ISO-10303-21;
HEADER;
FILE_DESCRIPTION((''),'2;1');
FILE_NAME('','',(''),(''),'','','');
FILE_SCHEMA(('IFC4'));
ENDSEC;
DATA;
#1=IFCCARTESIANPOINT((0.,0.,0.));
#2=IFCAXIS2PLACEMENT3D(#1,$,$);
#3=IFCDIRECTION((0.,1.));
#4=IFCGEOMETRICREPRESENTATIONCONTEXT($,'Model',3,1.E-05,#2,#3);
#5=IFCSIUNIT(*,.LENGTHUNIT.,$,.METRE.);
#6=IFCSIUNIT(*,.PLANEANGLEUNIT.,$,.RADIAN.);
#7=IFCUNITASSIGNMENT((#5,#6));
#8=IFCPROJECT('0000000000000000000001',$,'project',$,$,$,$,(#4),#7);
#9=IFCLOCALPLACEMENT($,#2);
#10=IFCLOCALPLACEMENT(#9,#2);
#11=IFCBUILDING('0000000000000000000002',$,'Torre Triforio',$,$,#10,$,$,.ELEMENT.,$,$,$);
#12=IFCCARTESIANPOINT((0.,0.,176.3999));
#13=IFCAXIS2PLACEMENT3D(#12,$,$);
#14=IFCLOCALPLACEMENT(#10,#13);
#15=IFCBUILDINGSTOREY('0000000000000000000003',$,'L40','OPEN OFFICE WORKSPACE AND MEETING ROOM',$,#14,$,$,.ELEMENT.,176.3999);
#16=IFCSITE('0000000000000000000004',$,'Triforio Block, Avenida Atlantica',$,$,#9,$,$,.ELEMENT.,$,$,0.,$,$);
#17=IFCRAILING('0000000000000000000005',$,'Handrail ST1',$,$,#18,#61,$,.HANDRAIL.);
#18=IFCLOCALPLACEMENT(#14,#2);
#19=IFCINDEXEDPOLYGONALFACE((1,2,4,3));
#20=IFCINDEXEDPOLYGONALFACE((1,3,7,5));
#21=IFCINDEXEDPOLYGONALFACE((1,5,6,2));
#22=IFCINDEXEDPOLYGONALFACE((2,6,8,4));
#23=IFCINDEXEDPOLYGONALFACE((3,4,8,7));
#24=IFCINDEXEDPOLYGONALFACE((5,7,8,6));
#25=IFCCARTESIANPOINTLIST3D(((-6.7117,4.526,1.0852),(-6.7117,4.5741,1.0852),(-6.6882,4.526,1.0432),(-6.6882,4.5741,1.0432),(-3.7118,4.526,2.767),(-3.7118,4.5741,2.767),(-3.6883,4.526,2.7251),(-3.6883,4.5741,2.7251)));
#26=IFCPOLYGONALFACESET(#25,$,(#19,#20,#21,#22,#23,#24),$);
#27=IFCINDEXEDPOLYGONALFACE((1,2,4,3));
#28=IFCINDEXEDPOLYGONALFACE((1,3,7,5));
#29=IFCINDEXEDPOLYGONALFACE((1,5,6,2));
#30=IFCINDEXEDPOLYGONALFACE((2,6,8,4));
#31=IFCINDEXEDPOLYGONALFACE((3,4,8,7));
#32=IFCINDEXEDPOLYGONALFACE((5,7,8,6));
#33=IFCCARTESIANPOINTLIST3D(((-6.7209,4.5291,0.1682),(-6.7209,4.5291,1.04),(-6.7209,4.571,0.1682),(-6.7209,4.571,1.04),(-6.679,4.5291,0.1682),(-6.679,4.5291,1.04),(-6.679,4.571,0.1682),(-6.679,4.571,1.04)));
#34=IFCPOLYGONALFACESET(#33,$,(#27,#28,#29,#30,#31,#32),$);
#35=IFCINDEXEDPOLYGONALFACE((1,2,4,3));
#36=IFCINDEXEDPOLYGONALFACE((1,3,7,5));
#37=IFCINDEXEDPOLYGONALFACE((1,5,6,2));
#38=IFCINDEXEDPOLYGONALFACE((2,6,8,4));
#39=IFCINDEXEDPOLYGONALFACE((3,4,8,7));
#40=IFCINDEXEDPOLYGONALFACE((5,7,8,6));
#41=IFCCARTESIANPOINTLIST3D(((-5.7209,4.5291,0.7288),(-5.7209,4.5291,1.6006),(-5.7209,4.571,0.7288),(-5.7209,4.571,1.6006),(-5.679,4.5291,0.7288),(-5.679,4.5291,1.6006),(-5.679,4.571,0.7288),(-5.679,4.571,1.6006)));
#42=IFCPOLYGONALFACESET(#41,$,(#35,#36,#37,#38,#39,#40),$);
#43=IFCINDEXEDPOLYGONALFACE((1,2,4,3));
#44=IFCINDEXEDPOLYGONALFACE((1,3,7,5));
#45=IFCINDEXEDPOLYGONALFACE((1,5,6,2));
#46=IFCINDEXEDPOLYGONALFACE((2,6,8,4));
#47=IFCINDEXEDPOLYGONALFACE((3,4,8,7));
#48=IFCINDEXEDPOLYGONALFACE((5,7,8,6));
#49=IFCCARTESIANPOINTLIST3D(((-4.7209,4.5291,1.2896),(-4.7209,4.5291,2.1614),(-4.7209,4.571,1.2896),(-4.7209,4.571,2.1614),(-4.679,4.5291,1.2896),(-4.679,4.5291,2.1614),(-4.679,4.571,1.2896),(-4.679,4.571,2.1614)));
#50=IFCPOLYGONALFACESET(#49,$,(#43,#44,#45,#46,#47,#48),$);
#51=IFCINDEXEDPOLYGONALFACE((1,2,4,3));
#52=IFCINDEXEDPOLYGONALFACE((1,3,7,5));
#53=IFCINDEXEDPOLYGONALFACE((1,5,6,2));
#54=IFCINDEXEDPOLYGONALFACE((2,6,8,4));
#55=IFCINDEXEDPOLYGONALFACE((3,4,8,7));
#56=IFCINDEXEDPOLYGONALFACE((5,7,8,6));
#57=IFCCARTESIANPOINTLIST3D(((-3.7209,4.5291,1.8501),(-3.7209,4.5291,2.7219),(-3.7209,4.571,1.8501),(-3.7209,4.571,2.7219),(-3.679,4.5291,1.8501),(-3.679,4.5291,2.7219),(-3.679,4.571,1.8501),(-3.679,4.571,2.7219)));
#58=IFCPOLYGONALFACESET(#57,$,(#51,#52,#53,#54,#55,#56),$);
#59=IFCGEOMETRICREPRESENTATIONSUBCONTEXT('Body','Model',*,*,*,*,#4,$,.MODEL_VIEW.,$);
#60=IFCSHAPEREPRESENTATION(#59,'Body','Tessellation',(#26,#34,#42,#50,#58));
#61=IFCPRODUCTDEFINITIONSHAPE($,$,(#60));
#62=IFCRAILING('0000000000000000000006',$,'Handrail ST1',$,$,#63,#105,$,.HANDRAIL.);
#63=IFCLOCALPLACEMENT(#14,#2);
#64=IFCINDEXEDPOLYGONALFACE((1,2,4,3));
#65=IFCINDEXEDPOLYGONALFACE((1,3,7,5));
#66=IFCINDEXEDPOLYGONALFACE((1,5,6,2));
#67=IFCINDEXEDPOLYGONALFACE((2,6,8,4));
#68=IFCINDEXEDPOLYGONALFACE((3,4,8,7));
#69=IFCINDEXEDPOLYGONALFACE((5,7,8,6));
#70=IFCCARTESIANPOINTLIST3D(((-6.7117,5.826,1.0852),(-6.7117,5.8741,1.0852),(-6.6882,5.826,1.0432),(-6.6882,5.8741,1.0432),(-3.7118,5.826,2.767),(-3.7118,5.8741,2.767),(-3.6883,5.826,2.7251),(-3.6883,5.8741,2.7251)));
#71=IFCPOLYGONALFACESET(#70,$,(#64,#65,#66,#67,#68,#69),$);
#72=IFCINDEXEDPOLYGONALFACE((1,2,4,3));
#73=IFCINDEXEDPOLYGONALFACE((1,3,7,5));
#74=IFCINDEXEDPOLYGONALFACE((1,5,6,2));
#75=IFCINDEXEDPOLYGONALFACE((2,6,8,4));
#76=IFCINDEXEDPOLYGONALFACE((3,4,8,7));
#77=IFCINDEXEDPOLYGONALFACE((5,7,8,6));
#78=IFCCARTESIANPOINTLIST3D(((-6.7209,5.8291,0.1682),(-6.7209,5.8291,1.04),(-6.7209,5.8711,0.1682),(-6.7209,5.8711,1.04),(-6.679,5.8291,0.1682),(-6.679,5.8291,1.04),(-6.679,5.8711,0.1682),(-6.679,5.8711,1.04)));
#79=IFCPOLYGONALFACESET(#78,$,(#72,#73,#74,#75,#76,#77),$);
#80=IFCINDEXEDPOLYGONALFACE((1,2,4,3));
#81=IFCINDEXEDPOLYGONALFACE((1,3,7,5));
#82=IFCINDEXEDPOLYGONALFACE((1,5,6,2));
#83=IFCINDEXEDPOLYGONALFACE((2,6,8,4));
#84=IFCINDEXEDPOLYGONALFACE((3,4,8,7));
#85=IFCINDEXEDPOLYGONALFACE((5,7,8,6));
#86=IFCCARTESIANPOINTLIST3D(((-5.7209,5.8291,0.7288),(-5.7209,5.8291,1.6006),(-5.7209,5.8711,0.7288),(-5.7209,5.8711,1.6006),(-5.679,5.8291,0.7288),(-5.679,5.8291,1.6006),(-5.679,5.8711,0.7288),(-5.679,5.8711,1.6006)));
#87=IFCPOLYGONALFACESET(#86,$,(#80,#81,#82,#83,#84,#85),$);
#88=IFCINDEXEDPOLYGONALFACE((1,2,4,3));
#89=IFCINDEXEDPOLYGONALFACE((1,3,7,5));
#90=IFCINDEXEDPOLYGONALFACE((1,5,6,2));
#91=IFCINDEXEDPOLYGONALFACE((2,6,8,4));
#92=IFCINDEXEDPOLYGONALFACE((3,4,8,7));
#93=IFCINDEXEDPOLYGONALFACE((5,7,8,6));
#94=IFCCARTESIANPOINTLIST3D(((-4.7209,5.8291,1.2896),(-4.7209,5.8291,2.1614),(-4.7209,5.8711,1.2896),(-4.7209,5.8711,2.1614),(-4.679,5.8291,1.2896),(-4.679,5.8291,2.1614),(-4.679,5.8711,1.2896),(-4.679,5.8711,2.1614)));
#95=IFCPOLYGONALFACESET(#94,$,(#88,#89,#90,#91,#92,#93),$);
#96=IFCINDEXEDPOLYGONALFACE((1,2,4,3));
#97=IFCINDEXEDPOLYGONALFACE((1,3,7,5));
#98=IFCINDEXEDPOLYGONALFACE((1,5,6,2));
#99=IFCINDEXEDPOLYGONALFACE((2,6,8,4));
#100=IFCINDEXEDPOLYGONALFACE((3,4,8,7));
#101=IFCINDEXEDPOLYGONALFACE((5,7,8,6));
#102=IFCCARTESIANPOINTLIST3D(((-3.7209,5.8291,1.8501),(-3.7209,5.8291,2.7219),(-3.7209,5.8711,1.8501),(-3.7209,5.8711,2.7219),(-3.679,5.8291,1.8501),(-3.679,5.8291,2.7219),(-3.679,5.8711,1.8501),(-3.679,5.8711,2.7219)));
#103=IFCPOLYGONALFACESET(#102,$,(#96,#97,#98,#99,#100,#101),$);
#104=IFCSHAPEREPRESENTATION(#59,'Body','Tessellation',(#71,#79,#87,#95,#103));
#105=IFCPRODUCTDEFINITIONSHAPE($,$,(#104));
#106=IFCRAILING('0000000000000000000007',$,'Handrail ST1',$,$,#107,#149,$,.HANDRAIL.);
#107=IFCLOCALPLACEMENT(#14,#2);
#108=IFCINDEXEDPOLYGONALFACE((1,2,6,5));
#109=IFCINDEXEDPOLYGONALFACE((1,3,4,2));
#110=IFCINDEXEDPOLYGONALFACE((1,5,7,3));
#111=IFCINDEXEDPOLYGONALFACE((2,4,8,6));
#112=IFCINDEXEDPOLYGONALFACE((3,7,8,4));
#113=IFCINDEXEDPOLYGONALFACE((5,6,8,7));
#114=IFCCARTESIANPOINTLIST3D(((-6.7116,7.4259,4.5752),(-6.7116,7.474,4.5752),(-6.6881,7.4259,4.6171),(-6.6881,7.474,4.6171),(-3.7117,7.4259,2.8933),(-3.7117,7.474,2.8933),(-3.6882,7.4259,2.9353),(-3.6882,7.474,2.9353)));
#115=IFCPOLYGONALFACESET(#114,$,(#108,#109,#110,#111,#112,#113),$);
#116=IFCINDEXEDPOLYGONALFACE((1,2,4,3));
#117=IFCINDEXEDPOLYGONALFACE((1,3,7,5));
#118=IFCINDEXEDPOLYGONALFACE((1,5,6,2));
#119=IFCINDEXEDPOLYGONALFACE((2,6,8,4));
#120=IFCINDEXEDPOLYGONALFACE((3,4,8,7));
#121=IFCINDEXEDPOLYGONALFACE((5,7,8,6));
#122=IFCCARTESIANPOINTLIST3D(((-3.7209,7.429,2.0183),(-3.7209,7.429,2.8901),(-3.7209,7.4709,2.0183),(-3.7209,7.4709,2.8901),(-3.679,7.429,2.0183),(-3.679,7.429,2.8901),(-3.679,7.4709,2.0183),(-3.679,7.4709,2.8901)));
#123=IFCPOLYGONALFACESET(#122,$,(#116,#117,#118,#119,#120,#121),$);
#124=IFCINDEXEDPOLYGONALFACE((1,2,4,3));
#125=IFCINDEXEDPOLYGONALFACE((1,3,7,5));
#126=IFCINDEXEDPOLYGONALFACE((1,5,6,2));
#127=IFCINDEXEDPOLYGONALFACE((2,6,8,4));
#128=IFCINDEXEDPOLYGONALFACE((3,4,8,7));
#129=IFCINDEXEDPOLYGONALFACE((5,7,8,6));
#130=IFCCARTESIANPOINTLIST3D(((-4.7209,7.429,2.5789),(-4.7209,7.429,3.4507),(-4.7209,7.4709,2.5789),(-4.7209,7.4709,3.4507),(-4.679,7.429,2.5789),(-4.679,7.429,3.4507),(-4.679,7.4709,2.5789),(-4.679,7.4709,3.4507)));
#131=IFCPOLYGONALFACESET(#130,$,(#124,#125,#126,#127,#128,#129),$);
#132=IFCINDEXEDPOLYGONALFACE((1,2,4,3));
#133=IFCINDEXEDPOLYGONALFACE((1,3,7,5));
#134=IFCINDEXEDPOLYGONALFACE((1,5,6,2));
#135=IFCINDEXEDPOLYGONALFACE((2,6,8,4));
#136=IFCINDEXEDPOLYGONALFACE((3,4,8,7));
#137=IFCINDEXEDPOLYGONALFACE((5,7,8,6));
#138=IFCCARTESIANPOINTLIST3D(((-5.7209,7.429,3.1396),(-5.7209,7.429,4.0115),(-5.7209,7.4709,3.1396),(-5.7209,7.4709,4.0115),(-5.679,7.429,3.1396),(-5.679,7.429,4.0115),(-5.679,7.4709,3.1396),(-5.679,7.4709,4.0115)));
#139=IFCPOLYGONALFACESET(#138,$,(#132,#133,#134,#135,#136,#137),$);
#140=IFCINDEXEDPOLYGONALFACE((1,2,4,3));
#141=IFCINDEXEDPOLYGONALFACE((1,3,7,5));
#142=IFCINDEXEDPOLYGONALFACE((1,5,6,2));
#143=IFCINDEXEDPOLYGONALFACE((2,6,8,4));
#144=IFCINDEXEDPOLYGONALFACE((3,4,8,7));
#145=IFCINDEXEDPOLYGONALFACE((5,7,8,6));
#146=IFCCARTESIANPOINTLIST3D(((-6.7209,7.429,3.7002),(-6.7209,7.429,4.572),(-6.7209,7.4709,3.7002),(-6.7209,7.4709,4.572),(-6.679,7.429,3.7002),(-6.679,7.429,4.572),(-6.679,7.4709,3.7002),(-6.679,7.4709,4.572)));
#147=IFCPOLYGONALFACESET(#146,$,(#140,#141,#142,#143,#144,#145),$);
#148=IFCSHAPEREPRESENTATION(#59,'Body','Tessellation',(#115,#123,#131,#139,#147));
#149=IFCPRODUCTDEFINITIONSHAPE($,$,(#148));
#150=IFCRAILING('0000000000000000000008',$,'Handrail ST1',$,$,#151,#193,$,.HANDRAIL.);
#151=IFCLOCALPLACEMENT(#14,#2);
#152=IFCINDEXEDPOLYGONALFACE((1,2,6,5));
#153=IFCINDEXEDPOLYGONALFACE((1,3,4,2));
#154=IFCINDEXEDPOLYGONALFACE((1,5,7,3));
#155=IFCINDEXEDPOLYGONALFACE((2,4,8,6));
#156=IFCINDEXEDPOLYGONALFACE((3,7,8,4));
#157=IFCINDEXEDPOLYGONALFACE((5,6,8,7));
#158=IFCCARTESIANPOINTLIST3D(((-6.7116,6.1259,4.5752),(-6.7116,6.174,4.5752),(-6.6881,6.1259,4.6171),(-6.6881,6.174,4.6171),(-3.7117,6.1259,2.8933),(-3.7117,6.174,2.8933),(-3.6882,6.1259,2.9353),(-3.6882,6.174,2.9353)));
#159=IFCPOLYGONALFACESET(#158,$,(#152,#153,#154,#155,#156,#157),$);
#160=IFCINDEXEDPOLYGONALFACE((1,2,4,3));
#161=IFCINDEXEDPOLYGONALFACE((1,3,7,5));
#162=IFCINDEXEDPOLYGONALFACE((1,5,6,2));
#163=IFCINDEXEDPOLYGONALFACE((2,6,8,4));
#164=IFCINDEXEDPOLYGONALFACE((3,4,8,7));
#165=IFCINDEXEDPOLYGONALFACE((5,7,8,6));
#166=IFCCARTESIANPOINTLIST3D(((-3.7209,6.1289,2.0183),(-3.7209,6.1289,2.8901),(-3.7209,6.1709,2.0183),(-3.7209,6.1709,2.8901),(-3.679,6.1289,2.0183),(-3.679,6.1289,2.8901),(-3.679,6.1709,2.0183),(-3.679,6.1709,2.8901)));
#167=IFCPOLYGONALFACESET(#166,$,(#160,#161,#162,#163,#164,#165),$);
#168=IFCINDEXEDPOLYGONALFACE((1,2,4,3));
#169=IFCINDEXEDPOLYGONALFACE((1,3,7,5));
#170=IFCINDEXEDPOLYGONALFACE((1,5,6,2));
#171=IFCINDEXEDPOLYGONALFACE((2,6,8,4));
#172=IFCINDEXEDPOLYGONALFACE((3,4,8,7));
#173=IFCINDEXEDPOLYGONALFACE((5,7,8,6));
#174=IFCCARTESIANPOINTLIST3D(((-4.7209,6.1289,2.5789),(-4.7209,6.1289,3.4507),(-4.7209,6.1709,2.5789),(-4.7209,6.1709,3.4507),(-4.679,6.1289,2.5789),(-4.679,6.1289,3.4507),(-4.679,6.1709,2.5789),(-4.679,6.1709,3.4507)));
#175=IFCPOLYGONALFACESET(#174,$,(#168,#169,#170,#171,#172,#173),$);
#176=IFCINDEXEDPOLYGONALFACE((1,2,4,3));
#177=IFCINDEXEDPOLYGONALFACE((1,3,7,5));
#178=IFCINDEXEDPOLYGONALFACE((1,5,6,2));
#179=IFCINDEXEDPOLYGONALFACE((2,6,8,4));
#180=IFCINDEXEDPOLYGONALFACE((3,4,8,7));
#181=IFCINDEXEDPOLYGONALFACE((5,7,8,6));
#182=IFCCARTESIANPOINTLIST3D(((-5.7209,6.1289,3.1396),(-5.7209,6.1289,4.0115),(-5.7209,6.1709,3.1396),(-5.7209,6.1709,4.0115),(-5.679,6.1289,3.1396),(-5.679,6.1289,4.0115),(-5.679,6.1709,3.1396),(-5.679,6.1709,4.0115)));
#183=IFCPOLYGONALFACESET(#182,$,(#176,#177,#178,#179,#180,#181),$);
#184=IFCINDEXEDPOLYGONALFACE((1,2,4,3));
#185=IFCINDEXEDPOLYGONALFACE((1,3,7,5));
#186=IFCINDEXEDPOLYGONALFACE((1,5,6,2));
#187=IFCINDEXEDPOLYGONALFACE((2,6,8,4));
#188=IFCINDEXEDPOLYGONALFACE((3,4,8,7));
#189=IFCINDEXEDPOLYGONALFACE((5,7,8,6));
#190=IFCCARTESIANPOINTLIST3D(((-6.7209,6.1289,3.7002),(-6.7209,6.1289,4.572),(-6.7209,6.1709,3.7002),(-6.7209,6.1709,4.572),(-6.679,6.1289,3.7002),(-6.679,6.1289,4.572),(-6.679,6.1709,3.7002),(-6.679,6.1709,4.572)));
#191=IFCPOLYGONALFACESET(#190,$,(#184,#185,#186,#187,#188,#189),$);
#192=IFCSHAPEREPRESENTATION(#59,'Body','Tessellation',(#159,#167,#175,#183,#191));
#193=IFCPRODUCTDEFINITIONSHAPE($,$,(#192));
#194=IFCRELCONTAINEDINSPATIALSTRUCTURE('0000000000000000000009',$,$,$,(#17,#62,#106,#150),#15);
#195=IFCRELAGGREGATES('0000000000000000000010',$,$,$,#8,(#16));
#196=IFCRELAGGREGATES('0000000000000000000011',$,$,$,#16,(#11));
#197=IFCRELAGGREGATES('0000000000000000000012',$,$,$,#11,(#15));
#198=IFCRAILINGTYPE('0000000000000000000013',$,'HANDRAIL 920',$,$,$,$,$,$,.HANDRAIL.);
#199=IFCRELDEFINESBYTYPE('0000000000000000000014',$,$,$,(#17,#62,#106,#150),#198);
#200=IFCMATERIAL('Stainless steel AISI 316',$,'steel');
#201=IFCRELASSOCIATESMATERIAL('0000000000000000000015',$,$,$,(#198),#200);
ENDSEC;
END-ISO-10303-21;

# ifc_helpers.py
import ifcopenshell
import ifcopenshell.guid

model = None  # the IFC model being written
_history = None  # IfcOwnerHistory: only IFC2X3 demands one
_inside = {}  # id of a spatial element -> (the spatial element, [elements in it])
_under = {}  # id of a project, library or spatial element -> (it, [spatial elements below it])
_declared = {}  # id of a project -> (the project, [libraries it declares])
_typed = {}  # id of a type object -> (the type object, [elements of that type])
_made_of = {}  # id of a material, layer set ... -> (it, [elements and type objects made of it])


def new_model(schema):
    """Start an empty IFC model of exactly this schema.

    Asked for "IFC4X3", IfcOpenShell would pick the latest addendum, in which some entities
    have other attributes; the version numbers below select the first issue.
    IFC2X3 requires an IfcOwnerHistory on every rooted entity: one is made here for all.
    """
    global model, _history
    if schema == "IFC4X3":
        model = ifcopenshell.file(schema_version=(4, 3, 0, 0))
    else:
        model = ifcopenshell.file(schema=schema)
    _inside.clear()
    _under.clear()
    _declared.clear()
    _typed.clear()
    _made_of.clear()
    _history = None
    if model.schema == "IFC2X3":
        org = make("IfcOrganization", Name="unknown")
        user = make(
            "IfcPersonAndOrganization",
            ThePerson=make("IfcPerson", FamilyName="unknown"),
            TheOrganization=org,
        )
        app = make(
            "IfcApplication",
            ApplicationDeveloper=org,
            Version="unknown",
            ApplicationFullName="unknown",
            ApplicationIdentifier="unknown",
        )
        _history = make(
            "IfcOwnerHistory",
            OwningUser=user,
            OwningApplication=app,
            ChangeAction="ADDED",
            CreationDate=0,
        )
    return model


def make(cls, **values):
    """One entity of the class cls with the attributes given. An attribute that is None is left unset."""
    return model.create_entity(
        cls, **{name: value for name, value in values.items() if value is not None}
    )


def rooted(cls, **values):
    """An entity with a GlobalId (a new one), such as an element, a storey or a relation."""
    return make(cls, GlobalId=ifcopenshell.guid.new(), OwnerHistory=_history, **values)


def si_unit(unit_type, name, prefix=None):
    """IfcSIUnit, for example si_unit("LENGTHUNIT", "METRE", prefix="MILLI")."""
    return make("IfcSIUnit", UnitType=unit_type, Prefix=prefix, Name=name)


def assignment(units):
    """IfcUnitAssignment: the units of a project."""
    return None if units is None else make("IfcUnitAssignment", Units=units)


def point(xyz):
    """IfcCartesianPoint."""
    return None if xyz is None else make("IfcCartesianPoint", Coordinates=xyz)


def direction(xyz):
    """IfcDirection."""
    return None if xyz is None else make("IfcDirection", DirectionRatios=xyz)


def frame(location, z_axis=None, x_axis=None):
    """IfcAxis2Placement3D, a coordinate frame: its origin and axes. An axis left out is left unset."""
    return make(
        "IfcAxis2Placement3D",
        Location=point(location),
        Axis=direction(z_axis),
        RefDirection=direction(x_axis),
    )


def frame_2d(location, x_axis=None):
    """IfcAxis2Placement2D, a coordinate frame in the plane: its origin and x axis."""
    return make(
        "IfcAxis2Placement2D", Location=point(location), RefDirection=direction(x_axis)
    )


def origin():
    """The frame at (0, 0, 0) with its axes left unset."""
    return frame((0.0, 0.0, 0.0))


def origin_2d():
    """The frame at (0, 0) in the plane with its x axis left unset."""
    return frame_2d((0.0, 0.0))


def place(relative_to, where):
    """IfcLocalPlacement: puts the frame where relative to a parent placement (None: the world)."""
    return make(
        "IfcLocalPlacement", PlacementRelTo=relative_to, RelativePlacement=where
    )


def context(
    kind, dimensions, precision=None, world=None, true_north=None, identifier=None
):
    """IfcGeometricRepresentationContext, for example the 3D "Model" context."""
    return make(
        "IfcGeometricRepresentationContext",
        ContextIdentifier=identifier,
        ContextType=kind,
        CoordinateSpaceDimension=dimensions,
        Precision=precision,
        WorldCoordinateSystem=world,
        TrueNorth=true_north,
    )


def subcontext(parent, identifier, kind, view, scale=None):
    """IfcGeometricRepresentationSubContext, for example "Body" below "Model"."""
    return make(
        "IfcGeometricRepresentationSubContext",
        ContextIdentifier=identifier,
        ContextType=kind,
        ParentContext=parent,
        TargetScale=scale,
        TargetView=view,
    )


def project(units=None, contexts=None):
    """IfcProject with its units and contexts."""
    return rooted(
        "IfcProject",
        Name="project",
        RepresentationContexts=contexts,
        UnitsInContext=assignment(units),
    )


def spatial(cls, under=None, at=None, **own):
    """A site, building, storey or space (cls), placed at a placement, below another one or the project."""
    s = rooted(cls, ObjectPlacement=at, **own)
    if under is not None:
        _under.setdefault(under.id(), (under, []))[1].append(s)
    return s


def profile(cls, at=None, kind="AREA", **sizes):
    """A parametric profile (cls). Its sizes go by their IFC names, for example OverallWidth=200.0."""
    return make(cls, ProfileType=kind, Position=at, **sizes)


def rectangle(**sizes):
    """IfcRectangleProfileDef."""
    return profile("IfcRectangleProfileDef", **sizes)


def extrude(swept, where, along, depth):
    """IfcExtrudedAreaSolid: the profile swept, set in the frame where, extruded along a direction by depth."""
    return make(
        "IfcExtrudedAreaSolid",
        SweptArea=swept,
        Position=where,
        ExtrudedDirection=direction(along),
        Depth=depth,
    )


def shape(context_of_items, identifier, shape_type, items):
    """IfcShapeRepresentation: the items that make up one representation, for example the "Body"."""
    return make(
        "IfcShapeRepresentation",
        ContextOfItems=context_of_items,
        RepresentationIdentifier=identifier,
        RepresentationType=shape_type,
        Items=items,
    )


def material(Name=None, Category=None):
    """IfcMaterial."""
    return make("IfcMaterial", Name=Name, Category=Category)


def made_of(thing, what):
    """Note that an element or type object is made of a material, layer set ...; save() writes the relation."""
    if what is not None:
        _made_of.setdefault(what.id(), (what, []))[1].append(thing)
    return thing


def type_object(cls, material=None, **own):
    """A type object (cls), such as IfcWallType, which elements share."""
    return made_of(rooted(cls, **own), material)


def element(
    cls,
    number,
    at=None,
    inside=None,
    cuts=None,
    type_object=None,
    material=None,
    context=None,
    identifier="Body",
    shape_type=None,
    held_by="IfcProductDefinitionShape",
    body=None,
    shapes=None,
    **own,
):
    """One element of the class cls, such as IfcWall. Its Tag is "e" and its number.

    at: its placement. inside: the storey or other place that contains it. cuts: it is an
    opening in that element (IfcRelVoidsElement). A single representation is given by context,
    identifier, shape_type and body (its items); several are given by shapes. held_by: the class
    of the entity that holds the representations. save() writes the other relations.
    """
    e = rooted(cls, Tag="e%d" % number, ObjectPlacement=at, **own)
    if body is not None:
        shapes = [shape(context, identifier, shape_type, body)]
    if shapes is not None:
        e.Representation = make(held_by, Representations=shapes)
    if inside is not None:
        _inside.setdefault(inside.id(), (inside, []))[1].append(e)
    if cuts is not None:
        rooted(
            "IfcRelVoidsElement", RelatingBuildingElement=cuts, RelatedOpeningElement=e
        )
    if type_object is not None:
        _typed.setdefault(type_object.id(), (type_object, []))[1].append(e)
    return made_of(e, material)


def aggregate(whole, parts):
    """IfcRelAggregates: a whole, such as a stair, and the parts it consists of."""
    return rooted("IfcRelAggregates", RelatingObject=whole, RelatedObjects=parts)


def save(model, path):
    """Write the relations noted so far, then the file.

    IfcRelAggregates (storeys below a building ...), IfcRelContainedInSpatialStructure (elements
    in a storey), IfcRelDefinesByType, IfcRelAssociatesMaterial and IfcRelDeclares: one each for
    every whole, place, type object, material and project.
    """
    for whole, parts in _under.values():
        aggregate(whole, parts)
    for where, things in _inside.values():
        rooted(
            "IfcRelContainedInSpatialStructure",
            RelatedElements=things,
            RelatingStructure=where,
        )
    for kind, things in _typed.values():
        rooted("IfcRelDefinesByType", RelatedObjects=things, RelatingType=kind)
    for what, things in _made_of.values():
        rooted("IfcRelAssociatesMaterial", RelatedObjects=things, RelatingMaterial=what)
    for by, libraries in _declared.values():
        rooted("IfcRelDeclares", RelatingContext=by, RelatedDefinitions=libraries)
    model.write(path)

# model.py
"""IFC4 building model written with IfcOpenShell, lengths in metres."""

from ifc_helpers import new_model, si_unit, direction, frame, origin, origin_2d, place, context, subcontext, project, spatial, rectangle, extrude, material, type_object, element, save


model = new_model("IFC4")

# Units and contexts
model_context = context("Model", 3, precision=1e-05, world=origin(), true_north=direction((0.0, 1.0)))
body_context = subcontext(model_context, "Body", "Model", "MODEL_VIEW")
ifc_project = project(units=[si_unit("LENGTHUNIT", "METRE"), si_unit("PLANEANGLEUNIT", "RADIAN")], contexts=[model_context])

# Site, building, storey
site_placement = place(None, origin())
site = spatial("IfcSite", under=ifc_project, at=site_placement, Name="Triforio Block, Avenida Atlantica", CompositionType="ELEMENT", RefElevation=0.0)
building_placement = place(site_placement, origin())
building = spatial("IfcBuilding", under=site, at=building_placement, Name="Torre Triforio", CompositionType="ELEMENT")
storey_placement = place(building_placement, frame((0.0, 0.0, 176.3999)))
storey = spatial("IfcBuildingStorey", under=building, at=storey_placement, Name="L40", Description="OPEN OFFICE WORKSPACE AND MEETING ROOM", CompositionType="ELEMENT", Elevation=176.3999)

# Railings
ifc_material_1 = material(Name="Stainless steel AISI 316", Category="steel")
railing_type = type_object("IfcRailingType", Name="HANDRAIL 920", PredefinedType="HANDRAIL", material=ifc_material_1)
for number, where, name in (
    (1, (-6.7, 4.55, 0.1682), "Handrail ST1"),
    (2, (-6.7, 5.8501, 0.1682), "Handrail ST1"),
):
    element("IfcRailing", number, at=place(storey_placement, frame(where)), inside=storey, type_object=railing_type, Name=name, PredefinedType="HANDRAIL", context=body_context, shape_type="SweptSolid", body=[
        extrude(rectangle(XDim=0.0481, YDim=0.0481, at=origin_2d()), frame((0.0, 0.0, 0.896), z_axis=(0.872272, 0.0, 0.48902), x_axis=(0.0, 1.0, 0.0)), (0.0, 0.0, 1.0), 3.4392),
        extrude(rectangle(XDim=0.042, YDim=0.042, at=origin_2d()), origin(), (0.0, 0.0, 1.0), 0.8718),
        extrude(rectangle(XDim=0.042, YDim=0.042, at=origin_2d()), frame((1.0, 0.0, 0.5605)), (0.0, 0.0, 1.0), 0.8718),
        extrude(rectangle(XDim=0.042, YDim=0.042, at=origin_2d()), frame((2.0, 0.0, 1.1213)), (0.0, 0.0, 1.0), 0.8718),
        extrude(rectangle(XDim=0.042, YDim=0.042, at=origin_2d()), frame((3.0, 0.0, 1.6819)), (0.0, 0.0, 1.0), 0.8718),
    ])
for number, where, name in (
    (3, (-3.7, 7.45, 2.0183), "Handrail ST1"),
    (4, (-3.7, 6.1499, 2.0183), "Handrail ST1"),
):
    element("IfcRailing", number, at=place(storey_placement, frame(where)), inside=storey, type_object=railing_type, Name=name, PredefinedType="HANDRAIL", context=body_context, shape_type="SweptSolid", body=[
        extrude(rectangle(XDim=0.0481, YDim=0.0481, at=origin_2d()), frame((0.0, 0.0, 0.896), z_axis=(-0.872272, 0.0, 0.48902), x_axis=(0.0, -1.0, 0.0)), (0.0, 0.0, 1.0), 3.4392),
        extrude(rectangle(XDim=0.042, YDim=0.042, at=origin_2d()), origin(), (0.0, 0.0, 1.0), 0.8718),
        extrude(rectangle(XDim=0.042, YDim=0.042, at=origin_2d()), frame((-1.0, 0.0, 0.5605)), (0.0, 0.0, 1.0), 0.8718),
        extrude(rectangle(XDim=0.042, YDim=0.042, at=origin_2d()), frame((-2.0, 0.0, 1.1213)), (0.0, 0.0, 1.0), 0.8718),
        extrude(rectangle(XDim=0.042, YDim=0.042, at=origin_2d()), frame((-3.0, 0.0, 1.6819)), (0.0, 0.0, 1.0), 0.8718),
    ])

save(model, "model.ifc")
